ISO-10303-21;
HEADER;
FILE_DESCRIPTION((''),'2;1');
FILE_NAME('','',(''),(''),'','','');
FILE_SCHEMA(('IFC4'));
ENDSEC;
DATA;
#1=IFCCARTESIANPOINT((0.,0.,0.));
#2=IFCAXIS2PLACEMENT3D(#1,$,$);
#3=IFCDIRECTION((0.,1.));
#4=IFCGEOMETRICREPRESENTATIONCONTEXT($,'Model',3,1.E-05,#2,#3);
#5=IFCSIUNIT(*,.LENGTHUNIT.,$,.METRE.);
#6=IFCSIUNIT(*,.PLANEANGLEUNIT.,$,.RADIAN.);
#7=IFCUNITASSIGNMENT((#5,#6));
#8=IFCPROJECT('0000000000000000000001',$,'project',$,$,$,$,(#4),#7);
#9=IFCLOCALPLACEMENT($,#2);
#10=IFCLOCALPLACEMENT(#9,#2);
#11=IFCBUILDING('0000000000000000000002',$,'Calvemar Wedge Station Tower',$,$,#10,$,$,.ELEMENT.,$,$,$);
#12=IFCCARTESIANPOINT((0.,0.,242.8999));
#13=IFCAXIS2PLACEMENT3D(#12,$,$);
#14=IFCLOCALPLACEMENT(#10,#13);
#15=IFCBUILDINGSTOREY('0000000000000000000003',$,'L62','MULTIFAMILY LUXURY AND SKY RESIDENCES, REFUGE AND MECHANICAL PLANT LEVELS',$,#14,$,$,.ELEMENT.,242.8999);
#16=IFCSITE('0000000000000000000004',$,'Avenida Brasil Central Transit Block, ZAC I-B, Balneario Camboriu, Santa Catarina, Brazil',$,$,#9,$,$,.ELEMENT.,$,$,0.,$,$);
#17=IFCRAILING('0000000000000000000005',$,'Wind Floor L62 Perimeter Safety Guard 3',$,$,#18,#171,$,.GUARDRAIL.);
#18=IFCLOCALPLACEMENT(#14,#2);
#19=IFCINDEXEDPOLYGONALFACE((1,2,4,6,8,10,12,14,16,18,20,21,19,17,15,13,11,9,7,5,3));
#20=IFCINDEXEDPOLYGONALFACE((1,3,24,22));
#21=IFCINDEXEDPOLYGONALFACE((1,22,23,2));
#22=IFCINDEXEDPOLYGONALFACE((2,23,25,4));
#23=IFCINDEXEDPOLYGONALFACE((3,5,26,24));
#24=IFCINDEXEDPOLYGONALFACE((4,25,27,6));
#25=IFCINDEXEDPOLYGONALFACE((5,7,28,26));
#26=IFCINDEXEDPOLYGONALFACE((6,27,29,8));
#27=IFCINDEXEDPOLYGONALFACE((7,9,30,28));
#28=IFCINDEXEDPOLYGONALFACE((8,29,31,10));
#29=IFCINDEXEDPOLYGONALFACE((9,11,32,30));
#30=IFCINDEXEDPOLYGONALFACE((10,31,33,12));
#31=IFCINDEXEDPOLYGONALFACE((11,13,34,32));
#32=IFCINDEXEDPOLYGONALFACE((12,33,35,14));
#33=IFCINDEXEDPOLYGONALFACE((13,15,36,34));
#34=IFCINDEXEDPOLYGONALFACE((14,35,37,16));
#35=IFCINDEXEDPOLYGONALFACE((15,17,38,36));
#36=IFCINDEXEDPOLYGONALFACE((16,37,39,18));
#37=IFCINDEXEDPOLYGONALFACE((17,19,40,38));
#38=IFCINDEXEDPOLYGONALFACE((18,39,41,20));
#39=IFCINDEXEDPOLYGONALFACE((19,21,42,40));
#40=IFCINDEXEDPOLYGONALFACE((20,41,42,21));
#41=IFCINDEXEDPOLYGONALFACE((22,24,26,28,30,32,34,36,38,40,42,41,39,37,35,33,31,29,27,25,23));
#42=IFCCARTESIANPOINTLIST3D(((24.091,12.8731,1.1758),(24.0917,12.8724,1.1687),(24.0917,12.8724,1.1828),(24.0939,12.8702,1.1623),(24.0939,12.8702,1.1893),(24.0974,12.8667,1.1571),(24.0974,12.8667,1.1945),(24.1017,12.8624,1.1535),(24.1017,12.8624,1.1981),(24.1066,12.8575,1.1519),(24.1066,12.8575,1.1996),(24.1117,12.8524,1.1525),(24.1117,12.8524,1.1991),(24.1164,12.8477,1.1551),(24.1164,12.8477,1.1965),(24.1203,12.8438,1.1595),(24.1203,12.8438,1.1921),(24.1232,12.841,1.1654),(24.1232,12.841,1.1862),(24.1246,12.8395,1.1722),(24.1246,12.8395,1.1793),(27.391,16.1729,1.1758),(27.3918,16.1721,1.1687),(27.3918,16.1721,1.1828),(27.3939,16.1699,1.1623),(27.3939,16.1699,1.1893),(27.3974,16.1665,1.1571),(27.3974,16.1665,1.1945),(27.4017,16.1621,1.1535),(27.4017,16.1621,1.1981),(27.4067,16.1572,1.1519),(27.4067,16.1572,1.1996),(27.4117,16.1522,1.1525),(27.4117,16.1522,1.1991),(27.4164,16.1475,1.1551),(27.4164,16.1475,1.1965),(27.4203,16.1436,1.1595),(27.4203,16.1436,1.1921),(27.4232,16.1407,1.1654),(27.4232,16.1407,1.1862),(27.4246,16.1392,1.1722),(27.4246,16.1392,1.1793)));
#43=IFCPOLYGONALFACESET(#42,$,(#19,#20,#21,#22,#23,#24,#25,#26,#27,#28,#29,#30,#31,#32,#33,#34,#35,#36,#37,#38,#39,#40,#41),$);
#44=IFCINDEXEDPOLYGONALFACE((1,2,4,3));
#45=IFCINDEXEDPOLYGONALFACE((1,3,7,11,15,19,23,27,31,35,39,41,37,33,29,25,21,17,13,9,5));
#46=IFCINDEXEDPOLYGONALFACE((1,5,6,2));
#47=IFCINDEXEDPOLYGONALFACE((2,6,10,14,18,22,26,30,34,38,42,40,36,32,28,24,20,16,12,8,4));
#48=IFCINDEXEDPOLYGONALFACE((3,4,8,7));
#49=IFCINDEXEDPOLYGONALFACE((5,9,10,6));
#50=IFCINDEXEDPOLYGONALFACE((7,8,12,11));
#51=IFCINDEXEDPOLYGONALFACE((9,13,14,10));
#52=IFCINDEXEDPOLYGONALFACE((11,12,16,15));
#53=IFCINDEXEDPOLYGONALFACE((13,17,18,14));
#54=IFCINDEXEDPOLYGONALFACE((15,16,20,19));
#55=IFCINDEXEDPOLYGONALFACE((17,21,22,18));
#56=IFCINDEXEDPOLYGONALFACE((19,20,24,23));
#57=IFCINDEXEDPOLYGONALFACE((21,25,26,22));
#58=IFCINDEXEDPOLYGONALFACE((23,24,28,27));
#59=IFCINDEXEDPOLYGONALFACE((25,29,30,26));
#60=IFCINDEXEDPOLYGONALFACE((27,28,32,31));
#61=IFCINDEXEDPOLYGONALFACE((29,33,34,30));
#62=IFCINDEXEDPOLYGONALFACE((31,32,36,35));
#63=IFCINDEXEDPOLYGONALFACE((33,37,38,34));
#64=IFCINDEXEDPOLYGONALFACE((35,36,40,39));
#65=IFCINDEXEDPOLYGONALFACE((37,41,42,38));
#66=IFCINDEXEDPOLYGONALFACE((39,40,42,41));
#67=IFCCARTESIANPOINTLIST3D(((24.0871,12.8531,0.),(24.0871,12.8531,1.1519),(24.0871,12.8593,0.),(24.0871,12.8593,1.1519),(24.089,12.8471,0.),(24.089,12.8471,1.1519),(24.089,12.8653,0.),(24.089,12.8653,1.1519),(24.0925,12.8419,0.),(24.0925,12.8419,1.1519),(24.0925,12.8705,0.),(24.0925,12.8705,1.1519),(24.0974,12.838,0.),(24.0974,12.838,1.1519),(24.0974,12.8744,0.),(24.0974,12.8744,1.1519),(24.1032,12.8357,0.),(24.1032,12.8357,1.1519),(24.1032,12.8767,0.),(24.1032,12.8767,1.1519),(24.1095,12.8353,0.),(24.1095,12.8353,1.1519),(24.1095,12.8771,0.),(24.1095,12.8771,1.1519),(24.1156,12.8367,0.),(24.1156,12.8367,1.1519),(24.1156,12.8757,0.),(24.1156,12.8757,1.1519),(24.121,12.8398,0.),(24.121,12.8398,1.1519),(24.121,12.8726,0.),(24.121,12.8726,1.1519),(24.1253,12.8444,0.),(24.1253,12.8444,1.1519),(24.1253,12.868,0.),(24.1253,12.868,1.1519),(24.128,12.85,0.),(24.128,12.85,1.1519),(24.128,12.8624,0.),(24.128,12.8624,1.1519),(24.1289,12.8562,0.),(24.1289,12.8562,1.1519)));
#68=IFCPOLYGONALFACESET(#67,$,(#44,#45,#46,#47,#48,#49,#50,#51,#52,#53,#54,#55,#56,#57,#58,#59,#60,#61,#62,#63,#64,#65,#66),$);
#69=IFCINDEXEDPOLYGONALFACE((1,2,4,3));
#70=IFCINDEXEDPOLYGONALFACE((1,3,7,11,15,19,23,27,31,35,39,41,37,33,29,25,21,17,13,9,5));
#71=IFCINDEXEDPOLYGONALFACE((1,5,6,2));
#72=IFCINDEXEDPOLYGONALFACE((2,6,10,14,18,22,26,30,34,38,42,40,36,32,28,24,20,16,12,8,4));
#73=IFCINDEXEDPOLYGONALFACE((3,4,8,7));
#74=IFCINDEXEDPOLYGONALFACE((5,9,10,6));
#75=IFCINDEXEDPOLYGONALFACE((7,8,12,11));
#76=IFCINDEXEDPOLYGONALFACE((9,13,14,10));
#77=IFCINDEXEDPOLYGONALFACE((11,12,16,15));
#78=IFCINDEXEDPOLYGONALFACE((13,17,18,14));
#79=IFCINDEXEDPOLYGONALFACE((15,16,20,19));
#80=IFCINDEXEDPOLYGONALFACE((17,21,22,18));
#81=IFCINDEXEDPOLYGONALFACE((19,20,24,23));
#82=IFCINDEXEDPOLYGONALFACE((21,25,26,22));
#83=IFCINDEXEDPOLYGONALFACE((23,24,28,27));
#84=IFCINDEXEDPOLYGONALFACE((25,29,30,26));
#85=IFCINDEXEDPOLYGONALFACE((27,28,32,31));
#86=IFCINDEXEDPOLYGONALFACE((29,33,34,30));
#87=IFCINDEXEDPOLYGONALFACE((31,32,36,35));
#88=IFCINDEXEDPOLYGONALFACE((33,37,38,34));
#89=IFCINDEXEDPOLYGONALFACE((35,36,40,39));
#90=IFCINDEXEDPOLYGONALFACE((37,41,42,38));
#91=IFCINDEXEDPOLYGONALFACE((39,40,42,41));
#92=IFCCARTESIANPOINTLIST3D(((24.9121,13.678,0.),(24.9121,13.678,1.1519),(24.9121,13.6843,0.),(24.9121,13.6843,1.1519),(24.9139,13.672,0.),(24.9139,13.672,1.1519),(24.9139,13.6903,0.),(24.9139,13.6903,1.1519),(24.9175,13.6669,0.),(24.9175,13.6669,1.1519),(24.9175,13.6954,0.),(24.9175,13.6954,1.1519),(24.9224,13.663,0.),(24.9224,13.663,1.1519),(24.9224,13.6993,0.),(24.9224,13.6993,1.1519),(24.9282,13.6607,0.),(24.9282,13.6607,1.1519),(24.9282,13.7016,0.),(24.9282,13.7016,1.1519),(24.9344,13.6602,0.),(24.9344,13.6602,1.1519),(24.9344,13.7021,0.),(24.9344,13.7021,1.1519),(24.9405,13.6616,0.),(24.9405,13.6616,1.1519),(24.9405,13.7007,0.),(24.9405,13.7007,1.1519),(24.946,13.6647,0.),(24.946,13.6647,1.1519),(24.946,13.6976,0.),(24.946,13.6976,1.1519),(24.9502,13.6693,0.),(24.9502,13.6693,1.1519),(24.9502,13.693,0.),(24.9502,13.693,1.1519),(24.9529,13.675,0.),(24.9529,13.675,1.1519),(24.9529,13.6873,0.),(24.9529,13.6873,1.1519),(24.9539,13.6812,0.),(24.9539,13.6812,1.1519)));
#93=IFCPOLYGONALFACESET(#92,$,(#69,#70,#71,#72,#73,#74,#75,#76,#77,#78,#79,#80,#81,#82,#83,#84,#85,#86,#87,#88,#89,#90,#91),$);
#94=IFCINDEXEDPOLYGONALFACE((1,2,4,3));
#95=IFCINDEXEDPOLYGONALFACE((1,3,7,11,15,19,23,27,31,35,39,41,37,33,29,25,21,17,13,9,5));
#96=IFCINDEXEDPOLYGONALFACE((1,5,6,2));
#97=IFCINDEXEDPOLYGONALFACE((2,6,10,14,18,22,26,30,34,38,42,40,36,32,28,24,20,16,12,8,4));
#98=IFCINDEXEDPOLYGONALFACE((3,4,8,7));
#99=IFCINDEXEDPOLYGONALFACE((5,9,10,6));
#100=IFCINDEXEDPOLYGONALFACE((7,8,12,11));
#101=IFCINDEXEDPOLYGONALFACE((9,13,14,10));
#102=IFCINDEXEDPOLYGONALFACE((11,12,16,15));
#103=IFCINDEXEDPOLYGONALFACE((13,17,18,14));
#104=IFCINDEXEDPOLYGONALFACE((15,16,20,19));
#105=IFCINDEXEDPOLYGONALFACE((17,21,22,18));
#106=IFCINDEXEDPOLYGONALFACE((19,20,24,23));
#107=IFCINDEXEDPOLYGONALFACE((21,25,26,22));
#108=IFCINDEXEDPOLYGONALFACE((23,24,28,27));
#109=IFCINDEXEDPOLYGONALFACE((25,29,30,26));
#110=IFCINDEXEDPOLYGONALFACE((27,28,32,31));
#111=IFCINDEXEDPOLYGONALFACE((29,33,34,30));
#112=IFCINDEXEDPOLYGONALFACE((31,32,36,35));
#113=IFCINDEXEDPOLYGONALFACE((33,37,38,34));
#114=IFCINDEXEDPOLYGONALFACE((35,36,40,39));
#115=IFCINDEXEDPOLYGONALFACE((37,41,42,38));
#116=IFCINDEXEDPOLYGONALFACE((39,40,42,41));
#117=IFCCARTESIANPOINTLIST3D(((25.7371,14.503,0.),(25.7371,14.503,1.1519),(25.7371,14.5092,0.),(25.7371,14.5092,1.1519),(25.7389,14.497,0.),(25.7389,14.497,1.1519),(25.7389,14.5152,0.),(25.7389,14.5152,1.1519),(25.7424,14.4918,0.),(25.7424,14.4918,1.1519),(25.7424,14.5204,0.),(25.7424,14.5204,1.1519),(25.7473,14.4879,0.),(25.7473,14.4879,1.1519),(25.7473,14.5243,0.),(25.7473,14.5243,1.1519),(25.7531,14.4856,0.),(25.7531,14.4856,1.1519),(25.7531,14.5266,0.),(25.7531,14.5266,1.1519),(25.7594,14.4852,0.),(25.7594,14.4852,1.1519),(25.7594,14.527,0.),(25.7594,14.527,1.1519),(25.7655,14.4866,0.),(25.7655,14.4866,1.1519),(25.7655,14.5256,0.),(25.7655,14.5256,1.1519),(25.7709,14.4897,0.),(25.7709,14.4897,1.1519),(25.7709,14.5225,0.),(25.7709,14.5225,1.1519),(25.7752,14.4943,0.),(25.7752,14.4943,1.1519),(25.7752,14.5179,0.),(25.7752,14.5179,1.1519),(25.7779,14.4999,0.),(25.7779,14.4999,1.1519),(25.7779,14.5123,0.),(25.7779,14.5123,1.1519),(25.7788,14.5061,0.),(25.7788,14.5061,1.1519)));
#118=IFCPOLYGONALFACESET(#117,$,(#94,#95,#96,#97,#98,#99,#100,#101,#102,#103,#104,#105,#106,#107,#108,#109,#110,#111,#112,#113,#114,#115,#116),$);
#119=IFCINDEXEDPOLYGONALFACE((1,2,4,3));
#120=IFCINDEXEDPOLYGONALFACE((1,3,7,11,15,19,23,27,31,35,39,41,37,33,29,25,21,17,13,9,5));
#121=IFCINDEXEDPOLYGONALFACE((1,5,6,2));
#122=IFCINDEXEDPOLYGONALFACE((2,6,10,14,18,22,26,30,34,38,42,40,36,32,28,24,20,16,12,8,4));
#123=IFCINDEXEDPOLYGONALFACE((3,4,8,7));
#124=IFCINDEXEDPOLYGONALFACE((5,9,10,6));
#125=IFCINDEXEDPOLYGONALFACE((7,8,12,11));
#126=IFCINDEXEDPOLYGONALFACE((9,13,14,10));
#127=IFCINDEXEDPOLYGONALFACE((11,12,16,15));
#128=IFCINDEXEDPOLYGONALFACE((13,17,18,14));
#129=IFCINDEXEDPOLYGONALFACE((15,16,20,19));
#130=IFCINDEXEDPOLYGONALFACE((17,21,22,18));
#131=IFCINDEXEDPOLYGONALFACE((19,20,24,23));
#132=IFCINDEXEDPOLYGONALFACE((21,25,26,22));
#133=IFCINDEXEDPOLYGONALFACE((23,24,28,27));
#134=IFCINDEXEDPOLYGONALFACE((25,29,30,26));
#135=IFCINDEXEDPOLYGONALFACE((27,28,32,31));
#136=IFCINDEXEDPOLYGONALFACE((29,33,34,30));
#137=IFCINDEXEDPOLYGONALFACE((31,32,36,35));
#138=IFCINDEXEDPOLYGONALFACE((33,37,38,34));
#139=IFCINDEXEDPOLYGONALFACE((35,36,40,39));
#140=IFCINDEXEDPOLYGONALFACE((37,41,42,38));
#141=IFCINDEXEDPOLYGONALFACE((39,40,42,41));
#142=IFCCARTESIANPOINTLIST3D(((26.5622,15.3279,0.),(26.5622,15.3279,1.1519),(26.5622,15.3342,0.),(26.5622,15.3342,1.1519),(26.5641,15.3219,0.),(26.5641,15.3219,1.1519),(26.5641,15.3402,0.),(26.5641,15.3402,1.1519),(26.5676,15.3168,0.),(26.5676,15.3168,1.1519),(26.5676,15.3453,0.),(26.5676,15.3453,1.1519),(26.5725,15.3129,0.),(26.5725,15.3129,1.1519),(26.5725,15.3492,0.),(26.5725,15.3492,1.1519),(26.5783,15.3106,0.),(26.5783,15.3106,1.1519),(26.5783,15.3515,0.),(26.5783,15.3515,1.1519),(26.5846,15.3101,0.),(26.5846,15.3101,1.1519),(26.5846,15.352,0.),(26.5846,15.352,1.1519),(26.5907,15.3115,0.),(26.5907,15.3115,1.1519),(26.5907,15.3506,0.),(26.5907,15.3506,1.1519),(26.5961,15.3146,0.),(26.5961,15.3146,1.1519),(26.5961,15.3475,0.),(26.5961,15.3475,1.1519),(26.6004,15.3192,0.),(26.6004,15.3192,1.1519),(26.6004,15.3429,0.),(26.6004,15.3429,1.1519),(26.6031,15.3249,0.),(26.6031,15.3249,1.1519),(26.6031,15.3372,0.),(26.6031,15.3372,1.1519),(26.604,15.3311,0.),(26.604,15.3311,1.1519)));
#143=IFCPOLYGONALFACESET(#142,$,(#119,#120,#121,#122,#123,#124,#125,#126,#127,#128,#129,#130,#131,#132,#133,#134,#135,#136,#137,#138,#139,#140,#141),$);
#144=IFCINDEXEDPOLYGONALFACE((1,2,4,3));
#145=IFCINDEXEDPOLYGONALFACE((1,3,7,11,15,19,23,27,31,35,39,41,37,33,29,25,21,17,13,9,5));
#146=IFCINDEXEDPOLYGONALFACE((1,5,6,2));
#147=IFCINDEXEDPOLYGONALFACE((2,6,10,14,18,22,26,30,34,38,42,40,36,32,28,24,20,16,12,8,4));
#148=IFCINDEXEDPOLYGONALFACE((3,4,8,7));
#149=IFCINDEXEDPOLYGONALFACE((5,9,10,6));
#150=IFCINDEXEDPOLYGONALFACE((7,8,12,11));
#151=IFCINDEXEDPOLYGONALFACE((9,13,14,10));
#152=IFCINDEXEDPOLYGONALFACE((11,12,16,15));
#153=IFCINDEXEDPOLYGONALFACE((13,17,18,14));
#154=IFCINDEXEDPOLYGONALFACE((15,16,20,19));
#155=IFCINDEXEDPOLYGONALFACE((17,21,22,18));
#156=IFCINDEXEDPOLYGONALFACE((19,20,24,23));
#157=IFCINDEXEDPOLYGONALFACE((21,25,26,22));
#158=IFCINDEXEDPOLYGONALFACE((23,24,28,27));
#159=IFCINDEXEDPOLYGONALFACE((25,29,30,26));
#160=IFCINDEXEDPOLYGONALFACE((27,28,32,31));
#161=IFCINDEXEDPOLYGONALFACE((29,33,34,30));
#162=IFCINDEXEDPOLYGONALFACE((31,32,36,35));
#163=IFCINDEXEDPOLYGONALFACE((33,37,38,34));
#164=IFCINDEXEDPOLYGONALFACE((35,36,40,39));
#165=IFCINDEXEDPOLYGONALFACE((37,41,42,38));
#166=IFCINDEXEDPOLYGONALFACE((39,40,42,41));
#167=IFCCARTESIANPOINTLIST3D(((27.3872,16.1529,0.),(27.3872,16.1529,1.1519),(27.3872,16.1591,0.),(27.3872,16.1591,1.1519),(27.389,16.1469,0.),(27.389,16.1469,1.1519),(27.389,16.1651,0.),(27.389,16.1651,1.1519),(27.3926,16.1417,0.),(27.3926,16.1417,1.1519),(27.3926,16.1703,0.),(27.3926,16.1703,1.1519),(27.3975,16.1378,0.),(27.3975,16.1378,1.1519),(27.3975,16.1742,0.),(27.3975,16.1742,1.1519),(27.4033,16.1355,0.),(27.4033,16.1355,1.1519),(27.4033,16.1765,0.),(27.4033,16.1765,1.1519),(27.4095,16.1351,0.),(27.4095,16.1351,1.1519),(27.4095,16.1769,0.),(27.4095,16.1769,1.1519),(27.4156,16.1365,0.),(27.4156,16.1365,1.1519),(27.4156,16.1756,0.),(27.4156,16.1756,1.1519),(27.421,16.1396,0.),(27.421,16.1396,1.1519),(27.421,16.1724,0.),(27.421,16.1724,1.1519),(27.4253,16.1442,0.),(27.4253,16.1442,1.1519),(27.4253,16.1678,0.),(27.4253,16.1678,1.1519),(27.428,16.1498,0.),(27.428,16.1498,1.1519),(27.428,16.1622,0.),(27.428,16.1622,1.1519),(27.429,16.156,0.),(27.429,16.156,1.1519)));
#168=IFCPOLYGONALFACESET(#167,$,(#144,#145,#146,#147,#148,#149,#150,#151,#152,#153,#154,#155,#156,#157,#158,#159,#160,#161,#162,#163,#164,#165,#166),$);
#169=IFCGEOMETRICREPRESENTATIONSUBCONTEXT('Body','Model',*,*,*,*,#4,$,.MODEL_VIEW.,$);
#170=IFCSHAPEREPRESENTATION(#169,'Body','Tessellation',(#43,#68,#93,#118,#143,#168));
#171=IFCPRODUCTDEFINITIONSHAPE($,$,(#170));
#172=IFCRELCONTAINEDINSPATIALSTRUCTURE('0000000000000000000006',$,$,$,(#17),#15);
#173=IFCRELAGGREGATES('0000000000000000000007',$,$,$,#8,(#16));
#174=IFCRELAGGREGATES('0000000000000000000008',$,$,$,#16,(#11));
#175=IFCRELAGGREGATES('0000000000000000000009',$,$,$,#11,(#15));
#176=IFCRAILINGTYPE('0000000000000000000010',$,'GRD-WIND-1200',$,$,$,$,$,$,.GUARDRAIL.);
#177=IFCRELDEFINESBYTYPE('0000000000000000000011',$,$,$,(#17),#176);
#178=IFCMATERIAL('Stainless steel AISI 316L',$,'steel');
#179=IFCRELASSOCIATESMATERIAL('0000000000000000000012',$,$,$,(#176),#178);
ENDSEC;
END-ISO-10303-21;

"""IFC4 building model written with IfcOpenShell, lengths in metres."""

from ifc_helpers import new_model, si_unit, direction, frame, origin, origin_2d, place, context, subcontext, project, spatial, circle, extrude, material, type_object, element, save


model = new_model("IFC4")

# Units and contexts
model_context = context("Model", 3, precision=1e-05, world=origin(), true_north=direction((0.0, 1.0)))
body_context = subcontext(model_context, "Body", "Model", "MODEL_VIEW")
ifc_project = project(units=[si_unit("LENGTHUNIT", "METRE"), si_unit("PLANEANGLEUNIT", "RADIAN")], contexts=[model_context])

# Site, building, storey
site_placement = place(None, origin())
site = spatial("IfcSite", under=ifc_project, at=site_placement, Name="Avenida Brasil Central Transit Block, ZAC I-B, Balneario Camboriu, Santa Catarina, Brazil", CompositionType="ELEMENT", RefElevation=0.0)
building_placement = place(site_placement, origin())
building = spatial("IfcBuilding", under=site, at=building_placement, Name="Calvemar Wedge Station Tower", CompositionType="ELEMENT")
storey_placement = place(building_placement, frame((0.0, 0.0, 242.8999)))
storey = spatial("IfcBuildingStorey", under=building, at=storey_placement, Name="L62", Description="MULTIFAMILY LUXURY AND SKY RESIDENCES, REFUGE AND MECHANICAL PLANT LEVELS", CompositionType="ELEMENT", Elevation=242.8999)

# Railing
ifc_material_1 = material(Name="Stainless steel AISI 316L", Category="steel")
railing_type = type_object("IfcRailingType", Name="GRD-WIND-1200", PredefinedType="GUARDRAIL", material=ifc_material_1)
railing_1_placement = place(storey_placement, frame((24.1079, 12.8562, 0.0)))
element("IfcRailing", 1, at=railing_1_placement, inside=storey, type_object=railing_type, Name="Wind Floor L62 Perimeter Safety Guard 3", PredefinedType="GUARDRAIL", context=body_context, shape_type="SweptSolid", body=[
    extrude(circle(Radius=0.0239, at=origin_2d()), frame((0.0, 0.0, 1.1758), z_axis=(0.707133, 0.707081, 0.0), x_axis=(-0.707081, 0.707133, 0.0)), (0.0, 0.0, 1.0), 4.6667),
    extrude(circle(Radius=0.021, at=origin_2d()), origin(), (0.0, 0.0, 1.0), 1.1519),
    extrude(circle(Radius=0.021, at=origin_2d()), frame((0.825, 0.825, 0.0)), (0.0, 0.0, 1.0), 1.1519),
    extrude(circle(Radius=0.021, at=origin_2d()), frame((1.6499, 1.6499, 0.0)), (0.0, 0.0, 1.0), 1.1519),
    extrude(circle(Radius=0.021, at=origin_2d()), frame((2.4751, 2.4749, 0.0)), (0.0, 0.0, 1.0), 1.1519),
    extrude(circle(Radius=0.021, at=origin_2d()), frame((3.3, 3.2998, 0.0)), (0.0, 0.0, 1.0), 1.1519),
])

save(model, "model.ifc")
